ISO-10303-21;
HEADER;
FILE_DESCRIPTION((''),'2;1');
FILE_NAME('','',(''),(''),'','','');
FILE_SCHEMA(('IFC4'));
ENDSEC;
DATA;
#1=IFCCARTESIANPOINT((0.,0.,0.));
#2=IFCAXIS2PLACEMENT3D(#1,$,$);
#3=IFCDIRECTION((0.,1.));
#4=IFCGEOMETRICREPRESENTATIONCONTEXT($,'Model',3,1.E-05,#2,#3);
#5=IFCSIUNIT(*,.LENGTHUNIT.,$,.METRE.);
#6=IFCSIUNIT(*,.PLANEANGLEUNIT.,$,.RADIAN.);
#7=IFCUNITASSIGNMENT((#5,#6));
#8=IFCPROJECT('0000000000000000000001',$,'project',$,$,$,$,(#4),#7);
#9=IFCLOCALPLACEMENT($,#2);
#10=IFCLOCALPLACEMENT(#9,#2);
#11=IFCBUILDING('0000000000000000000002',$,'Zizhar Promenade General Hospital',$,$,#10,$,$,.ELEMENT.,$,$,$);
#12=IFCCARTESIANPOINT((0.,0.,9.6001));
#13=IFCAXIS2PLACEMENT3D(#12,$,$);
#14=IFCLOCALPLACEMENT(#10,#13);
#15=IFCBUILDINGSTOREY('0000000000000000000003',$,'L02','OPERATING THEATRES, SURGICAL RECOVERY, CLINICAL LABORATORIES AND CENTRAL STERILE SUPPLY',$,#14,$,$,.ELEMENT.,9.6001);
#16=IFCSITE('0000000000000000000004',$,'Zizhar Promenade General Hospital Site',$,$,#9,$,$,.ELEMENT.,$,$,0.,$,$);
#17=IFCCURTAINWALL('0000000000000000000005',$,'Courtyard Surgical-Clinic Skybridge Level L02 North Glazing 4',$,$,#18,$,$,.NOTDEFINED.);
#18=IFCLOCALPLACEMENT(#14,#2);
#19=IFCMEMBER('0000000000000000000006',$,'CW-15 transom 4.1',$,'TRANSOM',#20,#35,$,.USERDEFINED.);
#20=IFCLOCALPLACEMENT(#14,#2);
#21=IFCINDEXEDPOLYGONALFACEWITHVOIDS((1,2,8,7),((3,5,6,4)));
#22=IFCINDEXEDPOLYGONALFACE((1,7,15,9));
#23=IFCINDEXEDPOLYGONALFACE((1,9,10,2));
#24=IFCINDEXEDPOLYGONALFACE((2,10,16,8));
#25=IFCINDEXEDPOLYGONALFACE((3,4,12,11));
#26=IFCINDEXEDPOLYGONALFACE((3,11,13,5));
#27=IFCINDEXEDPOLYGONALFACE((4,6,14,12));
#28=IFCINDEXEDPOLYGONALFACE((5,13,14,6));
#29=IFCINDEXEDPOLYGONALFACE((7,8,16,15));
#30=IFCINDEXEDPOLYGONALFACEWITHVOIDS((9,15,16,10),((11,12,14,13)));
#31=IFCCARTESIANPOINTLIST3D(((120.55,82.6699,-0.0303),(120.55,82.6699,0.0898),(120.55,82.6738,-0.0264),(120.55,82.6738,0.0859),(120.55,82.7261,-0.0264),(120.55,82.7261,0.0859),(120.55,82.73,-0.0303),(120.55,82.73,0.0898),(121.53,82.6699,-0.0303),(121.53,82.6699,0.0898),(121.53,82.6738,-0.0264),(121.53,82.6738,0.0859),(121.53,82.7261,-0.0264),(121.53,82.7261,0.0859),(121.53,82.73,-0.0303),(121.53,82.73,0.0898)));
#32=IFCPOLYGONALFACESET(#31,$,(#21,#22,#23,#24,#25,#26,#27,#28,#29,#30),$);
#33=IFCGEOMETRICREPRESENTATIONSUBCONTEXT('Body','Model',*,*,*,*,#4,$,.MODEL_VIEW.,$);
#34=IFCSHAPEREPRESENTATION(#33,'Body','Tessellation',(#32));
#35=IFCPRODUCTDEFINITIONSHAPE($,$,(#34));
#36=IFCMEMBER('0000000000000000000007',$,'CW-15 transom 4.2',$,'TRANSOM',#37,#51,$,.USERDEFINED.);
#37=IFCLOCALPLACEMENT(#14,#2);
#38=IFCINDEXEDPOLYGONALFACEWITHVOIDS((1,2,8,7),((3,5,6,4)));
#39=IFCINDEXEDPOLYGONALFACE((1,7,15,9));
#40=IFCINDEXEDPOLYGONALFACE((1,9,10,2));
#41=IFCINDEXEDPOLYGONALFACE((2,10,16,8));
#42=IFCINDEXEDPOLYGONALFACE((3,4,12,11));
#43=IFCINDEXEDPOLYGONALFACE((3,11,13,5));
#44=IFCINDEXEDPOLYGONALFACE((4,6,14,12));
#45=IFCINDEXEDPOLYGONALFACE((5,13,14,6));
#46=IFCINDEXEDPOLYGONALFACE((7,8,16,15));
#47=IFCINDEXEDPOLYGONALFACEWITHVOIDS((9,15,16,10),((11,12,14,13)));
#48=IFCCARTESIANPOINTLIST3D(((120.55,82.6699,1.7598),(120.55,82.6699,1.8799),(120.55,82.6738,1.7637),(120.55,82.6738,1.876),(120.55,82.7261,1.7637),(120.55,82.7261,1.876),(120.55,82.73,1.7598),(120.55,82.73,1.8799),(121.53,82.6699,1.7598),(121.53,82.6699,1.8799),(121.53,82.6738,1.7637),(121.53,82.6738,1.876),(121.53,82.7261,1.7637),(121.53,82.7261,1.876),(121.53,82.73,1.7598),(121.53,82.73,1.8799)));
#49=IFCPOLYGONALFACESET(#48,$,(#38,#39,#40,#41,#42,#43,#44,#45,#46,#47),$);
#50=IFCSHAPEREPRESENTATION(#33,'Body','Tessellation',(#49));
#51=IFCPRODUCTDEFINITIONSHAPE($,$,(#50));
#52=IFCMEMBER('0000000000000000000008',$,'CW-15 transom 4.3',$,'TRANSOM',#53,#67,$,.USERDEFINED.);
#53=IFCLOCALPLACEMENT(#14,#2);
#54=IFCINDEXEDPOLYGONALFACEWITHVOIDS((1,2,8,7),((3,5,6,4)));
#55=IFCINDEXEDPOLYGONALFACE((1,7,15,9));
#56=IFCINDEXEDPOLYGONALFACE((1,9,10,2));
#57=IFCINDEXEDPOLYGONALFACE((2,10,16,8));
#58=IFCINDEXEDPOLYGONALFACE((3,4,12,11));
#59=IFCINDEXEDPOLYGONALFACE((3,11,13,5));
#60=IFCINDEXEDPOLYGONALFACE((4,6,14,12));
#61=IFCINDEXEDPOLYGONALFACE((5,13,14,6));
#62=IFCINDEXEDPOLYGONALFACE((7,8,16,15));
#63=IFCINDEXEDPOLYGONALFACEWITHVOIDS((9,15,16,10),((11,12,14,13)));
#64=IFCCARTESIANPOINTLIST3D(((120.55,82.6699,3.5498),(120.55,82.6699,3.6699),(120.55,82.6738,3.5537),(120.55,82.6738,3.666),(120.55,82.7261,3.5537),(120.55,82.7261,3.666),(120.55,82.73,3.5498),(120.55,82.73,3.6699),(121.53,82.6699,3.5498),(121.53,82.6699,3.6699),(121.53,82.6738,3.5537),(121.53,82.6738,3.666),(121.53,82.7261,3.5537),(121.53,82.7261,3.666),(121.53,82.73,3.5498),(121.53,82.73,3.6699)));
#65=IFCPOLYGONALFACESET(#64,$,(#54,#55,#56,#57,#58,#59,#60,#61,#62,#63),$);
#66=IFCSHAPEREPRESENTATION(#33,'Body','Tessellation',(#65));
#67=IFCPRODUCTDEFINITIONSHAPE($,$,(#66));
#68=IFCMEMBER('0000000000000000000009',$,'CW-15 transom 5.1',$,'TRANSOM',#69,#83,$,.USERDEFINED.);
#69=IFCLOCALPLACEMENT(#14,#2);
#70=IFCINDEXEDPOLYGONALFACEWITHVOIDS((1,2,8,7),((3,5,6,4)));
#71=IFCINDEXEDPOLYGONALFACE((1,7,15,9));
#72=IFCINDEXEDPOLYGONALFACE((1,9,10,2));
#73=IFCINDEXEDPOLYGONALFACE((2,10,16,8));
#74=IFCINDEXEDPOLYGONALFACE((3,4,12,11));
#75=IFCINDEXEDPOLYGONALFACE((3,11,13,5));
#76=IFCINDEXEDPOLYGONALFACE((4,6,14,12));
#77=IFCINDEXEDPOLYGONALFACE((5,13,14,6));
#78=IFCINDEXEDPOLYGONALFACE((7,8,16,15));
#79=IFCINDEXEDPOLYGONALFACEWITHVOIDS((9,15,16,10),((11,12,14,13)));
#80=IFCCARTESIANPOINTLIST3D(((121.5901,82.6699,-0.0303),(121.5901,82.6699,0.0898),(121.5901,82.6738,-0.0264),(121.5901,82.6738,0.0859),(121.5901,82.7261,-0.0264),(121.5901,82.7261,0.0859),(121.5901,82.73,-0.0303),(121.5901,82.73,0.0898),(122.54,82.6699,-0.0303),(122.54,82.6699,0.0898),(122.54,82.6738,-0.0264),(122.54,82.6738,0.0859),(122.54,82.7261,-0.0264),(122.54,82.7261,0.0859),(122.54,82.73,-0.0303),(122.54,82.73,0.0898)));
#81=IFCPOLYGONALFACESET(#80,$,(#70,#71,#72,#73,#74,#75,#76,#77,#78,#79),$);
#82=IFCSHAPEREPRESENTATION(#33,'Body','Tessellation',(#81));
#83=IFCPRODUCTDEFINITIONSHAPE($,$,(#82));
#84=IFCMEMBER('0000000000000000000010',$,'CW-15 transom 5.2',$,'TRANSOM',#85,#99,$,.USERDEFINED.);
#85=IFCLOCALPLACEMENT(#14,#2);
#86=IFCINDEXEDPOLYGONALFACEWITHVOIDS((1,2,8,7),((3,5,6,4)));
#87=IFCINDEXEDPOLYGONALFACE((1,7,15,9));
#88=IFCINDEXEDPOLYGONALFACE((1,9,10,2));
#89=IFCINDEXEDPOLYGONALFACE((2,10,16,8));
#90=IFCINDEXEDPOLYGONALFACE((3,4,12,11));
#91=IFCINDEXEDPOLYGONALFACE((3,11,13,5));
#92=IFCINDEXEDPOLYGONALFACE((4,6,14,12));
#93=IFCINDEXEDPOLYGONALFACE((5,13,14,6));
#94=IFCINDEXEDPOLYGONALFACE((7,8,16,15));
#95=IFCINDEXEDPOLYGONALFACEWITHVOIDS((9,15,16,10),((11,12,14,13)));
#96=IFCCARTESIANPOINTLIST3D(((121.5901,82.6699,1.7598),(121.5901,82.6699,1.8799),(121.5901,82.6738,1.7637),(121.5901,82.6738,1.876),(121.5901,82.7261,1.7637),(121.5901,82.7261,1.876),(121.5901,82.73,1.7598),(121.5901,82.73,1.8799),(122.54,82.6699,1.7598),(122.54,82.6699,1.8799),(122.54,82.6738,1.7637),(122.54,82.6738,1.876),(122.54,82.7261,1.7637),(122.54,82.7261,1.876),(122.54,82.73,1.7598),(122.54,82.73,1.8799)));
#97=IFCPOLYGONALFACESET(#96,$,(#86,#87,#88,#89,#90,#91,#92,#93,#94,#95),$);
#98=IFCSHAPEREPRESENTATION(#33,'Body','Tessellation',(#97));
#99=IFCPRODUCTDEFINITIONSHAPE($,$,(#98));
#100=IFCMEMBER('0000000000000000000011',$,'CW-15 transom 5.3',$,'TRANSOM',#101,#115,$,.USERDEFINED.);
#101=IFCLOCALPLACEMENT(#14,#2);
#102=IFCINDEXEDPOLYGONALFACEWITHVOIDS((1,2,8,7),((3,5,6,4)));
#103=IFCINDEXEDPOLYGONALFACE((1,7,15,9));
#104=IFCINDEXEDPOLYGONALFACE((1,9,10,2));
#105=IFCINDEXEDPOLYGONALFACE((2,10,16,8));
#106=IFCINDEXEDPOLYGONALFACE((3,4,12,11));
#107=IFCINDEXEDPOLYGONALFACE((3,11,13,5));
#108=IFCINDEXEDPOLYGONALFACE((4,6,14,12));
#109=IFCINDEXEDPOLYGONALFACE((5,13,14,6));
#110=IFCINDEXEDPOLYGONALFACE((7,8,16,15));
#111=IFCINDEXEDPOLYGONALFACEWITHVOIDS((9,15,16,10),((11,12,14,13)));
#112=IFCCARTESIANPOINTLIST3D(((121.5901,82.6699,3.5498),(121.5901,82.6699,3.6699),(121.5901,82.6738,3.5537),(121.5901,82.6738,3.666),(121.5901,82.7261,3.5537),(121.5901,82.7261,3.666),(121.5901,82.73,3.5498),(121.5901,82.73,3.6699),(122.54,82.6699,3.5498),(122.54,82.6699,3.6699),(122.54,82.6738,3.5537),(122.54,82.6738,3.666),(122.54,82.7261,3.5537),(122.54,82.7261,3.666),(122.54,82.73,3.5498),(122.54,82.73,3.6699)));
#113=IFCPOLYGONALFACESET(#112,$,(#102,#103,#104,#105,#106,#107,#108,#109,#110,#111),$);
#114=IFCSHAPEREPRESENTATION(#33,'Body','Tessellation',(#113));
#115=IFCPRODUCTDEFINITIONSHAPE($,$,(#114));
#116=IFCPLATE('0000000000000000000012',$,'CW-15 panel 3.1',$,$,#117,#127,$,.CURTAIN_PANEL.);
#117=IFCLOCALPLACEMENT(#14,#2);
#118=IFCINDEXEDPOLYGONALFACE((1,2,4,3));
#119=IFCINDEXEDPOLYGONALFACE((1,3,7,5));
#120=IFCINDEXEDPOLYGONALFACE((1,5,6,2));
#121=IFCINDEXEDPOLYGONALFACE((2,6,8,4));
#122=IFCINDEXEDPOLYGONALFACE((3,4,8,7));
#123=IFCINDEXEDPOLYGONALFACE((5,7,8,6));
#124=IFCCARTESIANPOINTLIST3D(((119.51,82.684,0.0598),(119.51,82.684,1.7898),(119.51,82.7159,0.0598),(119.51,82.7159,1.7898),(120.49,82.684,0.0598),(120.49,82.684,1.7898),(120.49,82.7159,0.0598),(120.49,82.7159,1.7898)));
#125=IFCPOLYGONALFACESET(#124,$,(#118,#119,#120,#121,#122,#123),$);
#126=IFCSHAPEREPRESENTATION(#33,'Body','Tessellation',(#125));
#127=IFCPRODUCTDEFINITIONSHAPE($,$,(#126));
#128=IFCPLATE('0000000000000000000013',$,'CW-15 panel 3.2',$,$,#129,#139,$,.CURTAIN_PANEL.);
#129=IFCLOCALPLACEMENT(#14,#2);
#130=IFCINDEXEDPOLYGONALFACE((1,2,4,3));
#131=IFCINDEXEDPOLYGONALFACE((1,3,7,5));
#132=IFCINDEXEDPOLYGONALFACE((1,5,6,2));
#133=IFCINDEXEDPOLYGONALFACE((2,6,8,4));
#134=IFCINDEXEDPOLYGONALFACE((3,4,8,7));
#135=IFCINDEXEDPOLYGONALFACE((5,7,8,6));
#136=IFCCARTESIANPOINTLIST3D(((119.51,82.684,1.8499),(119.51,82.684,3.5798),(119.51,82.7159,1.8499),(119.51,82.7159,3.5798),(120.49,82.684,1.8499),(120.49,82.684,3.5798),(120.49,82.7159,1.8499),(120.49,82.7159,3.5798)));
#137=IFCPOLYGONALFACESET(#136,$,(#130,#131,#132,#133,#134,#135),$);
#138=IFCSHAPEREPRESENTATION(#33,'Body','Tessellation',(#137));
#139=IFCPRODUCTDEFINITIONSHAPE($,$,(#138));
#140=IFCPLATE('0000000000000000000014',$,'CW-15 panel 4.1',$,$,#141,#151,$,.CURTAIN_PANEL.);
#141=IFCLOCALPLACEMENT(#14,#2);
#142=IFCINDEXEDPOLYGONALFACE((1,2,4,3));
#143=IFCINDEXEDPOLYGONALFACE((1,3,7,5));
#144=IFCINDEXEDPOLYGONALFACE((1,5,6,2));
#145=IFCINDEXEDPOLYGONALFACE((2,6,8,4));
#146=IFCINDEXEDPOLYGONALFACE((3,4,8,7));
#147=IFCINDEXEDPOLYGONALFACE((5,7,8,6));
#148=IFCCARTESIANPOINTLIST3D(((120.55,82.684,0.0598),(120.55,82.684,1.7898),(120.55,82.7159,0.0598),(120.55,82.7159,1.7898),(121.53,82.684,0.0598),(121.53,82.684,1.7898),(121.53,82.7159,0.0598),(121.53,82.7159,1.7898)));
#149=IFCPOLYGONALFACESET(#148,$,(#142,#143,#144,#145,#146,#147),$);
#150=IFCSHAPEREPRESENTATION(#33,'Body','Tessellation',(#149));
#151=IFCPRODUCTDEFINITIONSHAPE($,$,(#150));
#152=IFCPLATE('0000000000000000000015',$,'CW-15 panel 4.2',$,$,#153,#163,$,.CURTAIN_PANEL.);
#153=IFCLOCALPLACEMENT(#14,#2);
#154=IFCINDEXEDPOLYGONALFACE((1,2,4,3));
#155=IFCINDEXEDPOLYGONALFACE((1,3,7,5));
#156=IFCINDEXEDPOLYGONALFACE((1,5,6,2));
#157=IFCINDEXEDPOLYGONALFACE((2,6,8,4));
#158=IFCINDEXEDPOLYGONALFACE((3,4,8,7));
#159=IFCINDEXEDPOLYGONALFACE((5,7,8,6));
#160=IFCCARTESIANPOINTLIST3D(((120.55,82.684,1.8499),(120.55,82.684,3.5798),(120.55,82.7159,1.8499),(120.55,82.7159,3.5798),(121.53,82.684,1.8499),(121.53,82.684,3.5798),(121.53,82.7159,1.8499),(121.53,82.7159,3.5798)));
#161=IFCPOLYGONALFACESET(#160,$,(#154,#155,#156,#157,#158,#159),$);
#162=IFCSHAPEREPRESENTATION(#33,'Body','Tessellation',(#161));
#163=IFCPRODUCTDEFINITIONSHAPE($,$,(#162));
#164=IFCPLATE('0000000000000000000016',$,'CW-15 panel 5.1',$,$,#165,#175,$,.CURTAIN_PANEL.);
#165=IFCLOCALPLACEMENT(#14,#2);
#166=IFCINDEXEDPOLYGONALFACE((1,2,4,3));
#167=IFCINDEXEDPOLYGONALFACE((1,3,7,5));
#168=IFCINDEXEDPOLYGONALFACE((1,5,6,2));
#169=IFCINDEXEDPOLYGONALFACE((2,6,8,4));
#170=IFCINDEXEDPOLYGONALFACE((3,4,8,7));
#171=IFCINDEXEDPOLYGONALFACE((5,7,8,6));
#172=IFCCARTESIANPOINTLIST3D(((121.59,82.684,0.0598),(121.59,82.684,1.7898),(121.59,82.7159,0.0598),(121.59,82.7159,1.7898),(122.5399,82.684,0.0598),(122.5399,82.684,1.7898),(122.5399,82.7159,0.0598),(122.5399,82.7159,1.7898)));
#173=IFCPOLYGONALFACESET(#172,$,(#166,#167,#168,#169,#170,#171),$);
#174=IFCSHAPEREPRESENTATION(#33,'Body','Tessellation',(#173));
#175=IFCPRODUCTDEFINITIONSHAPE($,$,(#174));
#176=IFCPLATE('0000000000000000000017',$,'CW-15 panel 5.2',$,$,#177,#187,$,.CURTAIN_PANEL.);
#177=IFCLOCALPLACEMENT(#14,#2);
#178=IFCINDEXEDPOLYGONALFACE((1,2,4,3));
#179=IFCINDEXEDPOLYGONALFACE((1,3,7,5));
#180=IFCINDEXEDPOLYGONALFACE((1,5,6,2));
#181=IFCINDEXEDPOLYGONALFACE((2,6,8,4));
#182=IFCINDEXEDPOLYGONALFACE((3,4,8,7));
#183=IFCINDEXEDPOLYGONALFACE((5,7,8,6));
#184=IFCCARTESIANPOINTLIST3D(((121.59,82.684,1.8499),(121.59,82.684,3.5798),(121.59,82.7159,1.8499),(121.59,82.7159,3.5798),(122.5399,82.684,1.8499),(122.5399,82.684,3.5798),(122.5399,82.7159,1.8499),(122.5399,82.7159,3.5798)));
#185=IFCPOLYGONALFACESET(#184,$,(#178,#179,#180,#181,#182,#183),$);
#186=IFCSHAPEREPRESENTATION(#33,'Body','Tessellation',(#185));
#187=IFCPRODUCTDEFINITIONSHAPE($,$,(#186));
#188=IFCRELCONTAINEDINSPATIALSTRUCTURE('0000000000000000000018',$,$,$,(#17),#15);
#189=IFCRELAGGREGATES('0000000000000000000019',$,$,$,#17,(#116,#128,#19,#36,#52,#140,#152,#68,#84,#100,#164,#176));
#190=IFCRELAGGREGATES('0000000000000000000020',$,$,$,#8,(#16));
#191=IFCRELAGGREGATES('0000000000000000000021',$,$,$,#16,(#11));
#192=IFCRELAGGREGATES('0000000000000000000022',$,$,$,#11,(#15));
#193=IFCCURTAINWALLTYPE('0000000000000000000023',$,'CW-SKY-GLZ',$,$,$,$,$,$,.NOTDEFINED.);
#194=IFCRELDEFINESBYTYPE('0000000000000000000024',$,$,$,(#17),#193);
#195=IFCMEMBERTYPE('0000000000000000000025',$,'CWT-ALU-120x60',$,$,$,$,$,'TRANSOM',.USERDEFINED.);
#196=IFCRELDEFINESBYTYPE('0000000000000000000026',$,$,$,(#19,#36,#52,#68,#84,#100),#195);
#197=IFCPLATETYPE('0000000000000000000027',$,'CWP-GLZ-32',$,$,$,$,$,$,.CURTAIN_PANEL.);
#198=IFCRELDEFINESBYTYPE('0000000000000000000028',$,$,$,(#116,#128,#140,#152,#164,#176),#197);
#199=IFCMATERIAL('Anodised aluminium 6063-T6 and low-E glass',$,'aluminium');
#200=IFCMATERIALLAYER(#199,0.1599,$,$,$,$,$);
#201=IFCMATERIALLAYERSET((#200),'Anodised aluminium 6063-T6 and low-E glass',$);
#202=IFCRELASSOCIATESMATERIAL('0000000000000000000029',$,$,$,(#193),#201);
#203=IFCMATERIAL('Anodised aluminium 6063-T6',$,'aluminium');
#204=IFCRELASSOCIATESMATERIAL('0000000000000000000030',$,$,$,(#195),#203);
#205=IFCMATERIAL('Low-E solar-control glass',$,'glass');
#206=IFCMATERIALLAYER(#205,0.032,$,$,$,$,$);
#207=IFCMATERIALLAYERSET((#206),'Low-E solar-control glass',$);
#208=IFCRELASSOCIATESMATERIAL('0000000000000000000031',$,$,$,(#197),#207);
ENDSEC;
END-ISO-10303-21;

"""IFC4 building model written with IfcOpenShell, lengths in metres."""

from ifc_helpers import new_model, si_unit, direction, frame, origin, origin_2d, place, context, subcontext, project, spatial, rectangle, hollow_rectangle, extrude, material, layer, layer_set, material_profile, profile_set, type_object, element, aggregate, save


model = new_model("IFC4")

# Units and contexts
model_context = context("Model", 3, precision=1e-05, world=origin(), true_north=direction((0.0, 1.0)))
body_context = subcontext(model_context, "Body", "Model", "MODEL_VIEW")
ifc_project = project(units=[si_unit("LENGTHUNIT", "METRE"), si_unit("PLANEANGLEUNIT", "RADIAN")], contexts=[model_context])

# Site, building, storey
site_placement = place(None, origin())
site = spatial("IfcSite", under=ifc_project, at=site_placement, Name="Zizhar Promenade General Hospital Site", CompositionType="ELEMENT", RefElevation=0.0)
building_placement = place(site_placement, origin())
building = spatial("IfcBuilding", under=site, at=building_placement, Name="Zizhar Promenade General Hospital", CompositionType="ELEMENT")
storey_placement = place(building_placement, frame((0.0, 0.0, 9.6001)))
storey = spatial("IfcBuildingStorey", under=building, at=storey_placement, Name="L02", Description="OPERATING THEATRES, SURGICAL RECOVERY, CLINICAL LABORATORIES AND CENTRAL STERILE SUPPLY", CompositionType="ELEMENT", Elevation=9.6001)

# Curtain wall, members, plates
ifc_material_1 = material(Name="Anodised aluminium 6063-T6 and low-E glass", Category="aluminium")
ifc_layer_1 = layer(ifc_material_1, 0.1599)
ifc_layer_set_1 = layer_set([ifc_layer_1], Name="Anodised aluminium 6063-T6 and low-E glass")
curtain_wall_type = type_object("IfcCurtainWallType", Name="CW-SKY-GLZ", PredefinedType="NOTDEFINED", material=ifc_layer_set_1)
curtain_wall_placement = place(storey_placement, origin())
curtain_wall = element("IfcCurtainWall", 1, at=curtain_wall_placement, inside=storey, type_object=curtain_wall_type, Name="Courtyard Surgical-Clinic Skybridge Level L02 North Glazing 4", PredefinedType="NOTDEFINED")
ifc_material_2 = material(Name="Anodised aluminium 6063-T6", Category="aluminium")
ifc_material_profile_1 = material_profile(ifc_material_2, hollow_rectangle(XDim=0.0601, YDim=0.1201, WallThickness=0.0039, at=origin_2d()))
ifc_profile_set_1 = profile_set([ifc_material_profile_1], Name="Anodised aluminium 6063-T6")
member_type_1 = type_object("IfcMemberType", Name="CWT-ALU-120x60", ElementType="TRANSOM", PredefinedType="USERDEFINED", material=ifc_profile_set_1)
member_1_placement = place(storey_placement, frame((120.55, 82.7, 0.0298), z_axis=(1.0, 0.0, 0.0), x_axis=(0.0, 1.0, 0.0)))
member_1 = element("IfcMember", 2, at=member_1_placement, type_object=member_type_1, Name="CW-15 transom 4.1", ObjectType="TRANSOM", PredefinedType="USERDEFINED", context=body_context, shape_type="SweptSolid", body=[
    extrude(hollow_rectangle(XDim=0.0601, YDim=0.1201, WallThickness=0.0039, at=origin_2d()), origin(), (0.0, 0.0, 1.0), 0.98),
])
member_2_placement = place(storey_placement, frame((120.55, 82.7, 1.8198), z_axis=(1.0, 0.0, 0.0), x_axis=(0.0, 1.0, 0.0)))
member_2 = element("IfcMember", 3, at=member_2_placement, type_object=member_type_1, Name="CW-15 transom 4.2", ObjectType="TRANSOM", PredefinedType="USERDEFINED", context=body_context, shape_type="SweptSolid", body=[
    extrude(hollow_rectangle(XDim=0.0601, YDim=0.1201, WallThickness=0.0039, at=origin_2d()), origin(), (0.0, 0.0, 1.0), 0.98),
])
member_3_placement = place(storey_placement, frame((120.55, 82.7, 3.6099), z_axis=(1.0, 0.0, 0.0), x_axis=(0.0, 1.0, 0.0)))
member_3 = element("IfcMember", 4, at=member_3_placement, type_object=member_type_1, Name="CW-15 transom 4.3", ObjectType="TRANSOM", PredefinedType="USERDEFINED", context=body_context, shape_type="SweptSolid", body=[
    extrude(hollow_rectangle(XDim=0.0601, YDim=0.1201, WallThickness=0.0039, at=origin_2d()), origin(), (0.0, 0.0, 1.0), 0.98),
])
member_4_placement = place(storey_placement, frame((121.5901, 82.7, 0.0298), z_axis=(1.0, 0.0, 0.0), x_axis=(0.0, 1.0, 0.0)))
member_4 = element("IfcMember", 5, at=member_4_placement, type_object=member_type_1, Name="CW-15 transom 5.1", ObjectType="TRANSOM", PredefinedType="USERDEFINED", context=body_context, shape_type="SweptSolid", body=[
    extrude(hollow_rectangle(XDim=0.0601, YDim=0.1201, WallThickness=0.0039, at=origin_2d()), origin(), (0.0, 0.0, 1.0), 0.95),
])
member_5_placement = place(storey_placement, frame((121.5901, 82.7, 1.8198), z_axis=(1.0, 0.0, 0.0), x_axis=(0.0, 1.0, 0.0)))
member_5 = element("IfcMember", 6, at=member_5_placement, type_object=member_type_1, Name="CW-15 transom 5.2", ObjectType="TRANSOM", PredefinedType="USERDEFINED", context=body_context, shape_type="SweptSolid", body=[
    extrude(hollow_rectangle(XDim=0.0601, YDim=0.1201, WallThickness=0.0039, at=origin_2d()), origin(), (0.0, 0.0, 1.0), 0.95),
])
member_6_placement = place(storey_placement, frame((121.5901, 82.7, 3.6099), z_axis=(1.0, 0.0, 0.0), x_axis=(0.0, 1.0, 0.0)))
member_6 = element("IfcMember", 7, at=member_6_placement, type_object=member_type_1, Name="CW-15 transom 5.3", ObjectType="TRANSOM", PredefinedType="USERDEFINED", context=body_context, shape_type="SweptSolid", body=[
    extrude(hollow_rectangle(XDim=0.0601, YDim=0.1201, WallThickness=0.0039, at=origin_2d()), origin(), (0.0, 0.0, 1.0), 0.95),
])
ifc_material_3 = material(Name="Low-E solar-control glass", Category="glass")
ifc_layer_2 = layer(ifc_material_3, 0.032)
ifc_layer_set_2 = layer_set([ifc_layer_2], Name="Low-E solar-control glass")
plate_type = type_object("IfcPlateType", Name="CWP-GLZ-32", PredefinedType="CURTAIN_PANEL", material=ifc_layer_set_2)
plate_1_placement = place(storey_placement, frame((120.0, 82.7, 0.0598), z_axis=(0.0, 0.0, 1.0), x_axis=(1.0, 0.0, 0.0)))
plate_1 = element("IfcPlate", 8, at=plate_1_placement, type_object=plate_type, Name="CW-15 panel 3.1", PredefinedType="CURTAIN_PANEL", context=body_context, shape_type="SweptSolid", body=[
    extrude(rectangle(XDim=0.98, YDim=0.032, at=origin_2d()), origin(), (0.0, 0.0, 1.0), 1.73),
])
plate_2_placement = place(storey_placement, frame((120.0, 82.7, 1.8499), z_axis=(0.0, 0.0, 1.0), x_axis=(1.0, 0.0, 0.0)))
plate_2 = element("IfcPlate", 9, at=plate_2_placement, type_object=plate_type, Name="CW-15 panel 3.2", PredefinedType="CURTAIN_PANEL", context=body_context, shape_type="SweptSolid", body=[
    extrude(rectangle(XDim=0.98, YDim=0.032, at=origin_2d()), origin(), (0.0, 0.0, 1.0), 1.73),
])
plate_3_placement = place(storey_placement, frame((121.04, 82.7, 0.0598), z_axis=(0.0, 0.0, 1.0), x_axis=(1.0, 0.0, 0.0)))
plate_3 = element("IfcPlate", 10, at=plate_3_placement, type_object=plate_type, Name="CW-15 panel 4.1", PredefinedType="CURTAIN_PANEL", context=body_context, shape_type="SweptSolid", body=[
    extrude(rectangle(XDim=0.98, YDim=0.032, at=origin_2d()), origin(), (0.0, 0.0, 1.0), 1.73),
])
plate_4_placement = place(storey_placement, frame((121.04, 82.7, 1.8499), z_axis=(0.0, 0.0, 1.0), x_axis=(1.0, 0.0, 0.0)))
plate_4 = element("IfcPlate", 11, at=plate_4_placement, type_object=plate_type, Name="CW-15 panel 4.2", PredefinedType="CURTAIN_PANEL", context=body_context, shape_type="SweptSolid", body=[
    extrude(rectangle(XDim=0.98, YDim=0.032, at=origin_2d()), origin(), (0.0, 0.0, 1.0), 1.73),
])
plate_5_placement = place(storey_placement, frame((122.0649, 82.7, 0.0598), z_axis=(0.0, 0.0, 1.0), x_axis=(1.0, 0.0, 0.0)))
plate_5 = element("IfcPlate", 12, at=plate_5_placement, type_object=plate_type, Name="CW-15 panel 5.1", PredefinedType="CURTAIN_PANEL", context=body_context, shape_type="SweptSolid", body=[
    extrude(rectangle(XDim=0.95, YDim=0.032, at=origin_2d()), origin(), (0.0, 0.0, 1.0), 1.73),
])
plate_6_placement = place(storey_placement, frame((122.0649, 82.7, 1.8499), z_axis=(0.0, 0.0, 1.0), x_axis=(1.0, 0.0, 0.0)))
plate_6 = element("IfcPlate", 13, at=plate_6_placement, type_object=plate_type, Name="CW-15 panel 5.2", PredefinedType="CURTAIN_PANEL", context=body_context, shape_type="SweptSolid", body=[
    extrude(rectangle(XDim=0.95, YDim=0.032, at=origin_2d()), origin(), (0.0, 0.0, 1.0), 1.73),
])
aggregate(curtain_wall, [plate_1, plate_2, member_1, member_2, member_3, plate_3, plate_4, member_4, member_5, member_6, plate_5, plate_6])

save(model, "model.ifc")
